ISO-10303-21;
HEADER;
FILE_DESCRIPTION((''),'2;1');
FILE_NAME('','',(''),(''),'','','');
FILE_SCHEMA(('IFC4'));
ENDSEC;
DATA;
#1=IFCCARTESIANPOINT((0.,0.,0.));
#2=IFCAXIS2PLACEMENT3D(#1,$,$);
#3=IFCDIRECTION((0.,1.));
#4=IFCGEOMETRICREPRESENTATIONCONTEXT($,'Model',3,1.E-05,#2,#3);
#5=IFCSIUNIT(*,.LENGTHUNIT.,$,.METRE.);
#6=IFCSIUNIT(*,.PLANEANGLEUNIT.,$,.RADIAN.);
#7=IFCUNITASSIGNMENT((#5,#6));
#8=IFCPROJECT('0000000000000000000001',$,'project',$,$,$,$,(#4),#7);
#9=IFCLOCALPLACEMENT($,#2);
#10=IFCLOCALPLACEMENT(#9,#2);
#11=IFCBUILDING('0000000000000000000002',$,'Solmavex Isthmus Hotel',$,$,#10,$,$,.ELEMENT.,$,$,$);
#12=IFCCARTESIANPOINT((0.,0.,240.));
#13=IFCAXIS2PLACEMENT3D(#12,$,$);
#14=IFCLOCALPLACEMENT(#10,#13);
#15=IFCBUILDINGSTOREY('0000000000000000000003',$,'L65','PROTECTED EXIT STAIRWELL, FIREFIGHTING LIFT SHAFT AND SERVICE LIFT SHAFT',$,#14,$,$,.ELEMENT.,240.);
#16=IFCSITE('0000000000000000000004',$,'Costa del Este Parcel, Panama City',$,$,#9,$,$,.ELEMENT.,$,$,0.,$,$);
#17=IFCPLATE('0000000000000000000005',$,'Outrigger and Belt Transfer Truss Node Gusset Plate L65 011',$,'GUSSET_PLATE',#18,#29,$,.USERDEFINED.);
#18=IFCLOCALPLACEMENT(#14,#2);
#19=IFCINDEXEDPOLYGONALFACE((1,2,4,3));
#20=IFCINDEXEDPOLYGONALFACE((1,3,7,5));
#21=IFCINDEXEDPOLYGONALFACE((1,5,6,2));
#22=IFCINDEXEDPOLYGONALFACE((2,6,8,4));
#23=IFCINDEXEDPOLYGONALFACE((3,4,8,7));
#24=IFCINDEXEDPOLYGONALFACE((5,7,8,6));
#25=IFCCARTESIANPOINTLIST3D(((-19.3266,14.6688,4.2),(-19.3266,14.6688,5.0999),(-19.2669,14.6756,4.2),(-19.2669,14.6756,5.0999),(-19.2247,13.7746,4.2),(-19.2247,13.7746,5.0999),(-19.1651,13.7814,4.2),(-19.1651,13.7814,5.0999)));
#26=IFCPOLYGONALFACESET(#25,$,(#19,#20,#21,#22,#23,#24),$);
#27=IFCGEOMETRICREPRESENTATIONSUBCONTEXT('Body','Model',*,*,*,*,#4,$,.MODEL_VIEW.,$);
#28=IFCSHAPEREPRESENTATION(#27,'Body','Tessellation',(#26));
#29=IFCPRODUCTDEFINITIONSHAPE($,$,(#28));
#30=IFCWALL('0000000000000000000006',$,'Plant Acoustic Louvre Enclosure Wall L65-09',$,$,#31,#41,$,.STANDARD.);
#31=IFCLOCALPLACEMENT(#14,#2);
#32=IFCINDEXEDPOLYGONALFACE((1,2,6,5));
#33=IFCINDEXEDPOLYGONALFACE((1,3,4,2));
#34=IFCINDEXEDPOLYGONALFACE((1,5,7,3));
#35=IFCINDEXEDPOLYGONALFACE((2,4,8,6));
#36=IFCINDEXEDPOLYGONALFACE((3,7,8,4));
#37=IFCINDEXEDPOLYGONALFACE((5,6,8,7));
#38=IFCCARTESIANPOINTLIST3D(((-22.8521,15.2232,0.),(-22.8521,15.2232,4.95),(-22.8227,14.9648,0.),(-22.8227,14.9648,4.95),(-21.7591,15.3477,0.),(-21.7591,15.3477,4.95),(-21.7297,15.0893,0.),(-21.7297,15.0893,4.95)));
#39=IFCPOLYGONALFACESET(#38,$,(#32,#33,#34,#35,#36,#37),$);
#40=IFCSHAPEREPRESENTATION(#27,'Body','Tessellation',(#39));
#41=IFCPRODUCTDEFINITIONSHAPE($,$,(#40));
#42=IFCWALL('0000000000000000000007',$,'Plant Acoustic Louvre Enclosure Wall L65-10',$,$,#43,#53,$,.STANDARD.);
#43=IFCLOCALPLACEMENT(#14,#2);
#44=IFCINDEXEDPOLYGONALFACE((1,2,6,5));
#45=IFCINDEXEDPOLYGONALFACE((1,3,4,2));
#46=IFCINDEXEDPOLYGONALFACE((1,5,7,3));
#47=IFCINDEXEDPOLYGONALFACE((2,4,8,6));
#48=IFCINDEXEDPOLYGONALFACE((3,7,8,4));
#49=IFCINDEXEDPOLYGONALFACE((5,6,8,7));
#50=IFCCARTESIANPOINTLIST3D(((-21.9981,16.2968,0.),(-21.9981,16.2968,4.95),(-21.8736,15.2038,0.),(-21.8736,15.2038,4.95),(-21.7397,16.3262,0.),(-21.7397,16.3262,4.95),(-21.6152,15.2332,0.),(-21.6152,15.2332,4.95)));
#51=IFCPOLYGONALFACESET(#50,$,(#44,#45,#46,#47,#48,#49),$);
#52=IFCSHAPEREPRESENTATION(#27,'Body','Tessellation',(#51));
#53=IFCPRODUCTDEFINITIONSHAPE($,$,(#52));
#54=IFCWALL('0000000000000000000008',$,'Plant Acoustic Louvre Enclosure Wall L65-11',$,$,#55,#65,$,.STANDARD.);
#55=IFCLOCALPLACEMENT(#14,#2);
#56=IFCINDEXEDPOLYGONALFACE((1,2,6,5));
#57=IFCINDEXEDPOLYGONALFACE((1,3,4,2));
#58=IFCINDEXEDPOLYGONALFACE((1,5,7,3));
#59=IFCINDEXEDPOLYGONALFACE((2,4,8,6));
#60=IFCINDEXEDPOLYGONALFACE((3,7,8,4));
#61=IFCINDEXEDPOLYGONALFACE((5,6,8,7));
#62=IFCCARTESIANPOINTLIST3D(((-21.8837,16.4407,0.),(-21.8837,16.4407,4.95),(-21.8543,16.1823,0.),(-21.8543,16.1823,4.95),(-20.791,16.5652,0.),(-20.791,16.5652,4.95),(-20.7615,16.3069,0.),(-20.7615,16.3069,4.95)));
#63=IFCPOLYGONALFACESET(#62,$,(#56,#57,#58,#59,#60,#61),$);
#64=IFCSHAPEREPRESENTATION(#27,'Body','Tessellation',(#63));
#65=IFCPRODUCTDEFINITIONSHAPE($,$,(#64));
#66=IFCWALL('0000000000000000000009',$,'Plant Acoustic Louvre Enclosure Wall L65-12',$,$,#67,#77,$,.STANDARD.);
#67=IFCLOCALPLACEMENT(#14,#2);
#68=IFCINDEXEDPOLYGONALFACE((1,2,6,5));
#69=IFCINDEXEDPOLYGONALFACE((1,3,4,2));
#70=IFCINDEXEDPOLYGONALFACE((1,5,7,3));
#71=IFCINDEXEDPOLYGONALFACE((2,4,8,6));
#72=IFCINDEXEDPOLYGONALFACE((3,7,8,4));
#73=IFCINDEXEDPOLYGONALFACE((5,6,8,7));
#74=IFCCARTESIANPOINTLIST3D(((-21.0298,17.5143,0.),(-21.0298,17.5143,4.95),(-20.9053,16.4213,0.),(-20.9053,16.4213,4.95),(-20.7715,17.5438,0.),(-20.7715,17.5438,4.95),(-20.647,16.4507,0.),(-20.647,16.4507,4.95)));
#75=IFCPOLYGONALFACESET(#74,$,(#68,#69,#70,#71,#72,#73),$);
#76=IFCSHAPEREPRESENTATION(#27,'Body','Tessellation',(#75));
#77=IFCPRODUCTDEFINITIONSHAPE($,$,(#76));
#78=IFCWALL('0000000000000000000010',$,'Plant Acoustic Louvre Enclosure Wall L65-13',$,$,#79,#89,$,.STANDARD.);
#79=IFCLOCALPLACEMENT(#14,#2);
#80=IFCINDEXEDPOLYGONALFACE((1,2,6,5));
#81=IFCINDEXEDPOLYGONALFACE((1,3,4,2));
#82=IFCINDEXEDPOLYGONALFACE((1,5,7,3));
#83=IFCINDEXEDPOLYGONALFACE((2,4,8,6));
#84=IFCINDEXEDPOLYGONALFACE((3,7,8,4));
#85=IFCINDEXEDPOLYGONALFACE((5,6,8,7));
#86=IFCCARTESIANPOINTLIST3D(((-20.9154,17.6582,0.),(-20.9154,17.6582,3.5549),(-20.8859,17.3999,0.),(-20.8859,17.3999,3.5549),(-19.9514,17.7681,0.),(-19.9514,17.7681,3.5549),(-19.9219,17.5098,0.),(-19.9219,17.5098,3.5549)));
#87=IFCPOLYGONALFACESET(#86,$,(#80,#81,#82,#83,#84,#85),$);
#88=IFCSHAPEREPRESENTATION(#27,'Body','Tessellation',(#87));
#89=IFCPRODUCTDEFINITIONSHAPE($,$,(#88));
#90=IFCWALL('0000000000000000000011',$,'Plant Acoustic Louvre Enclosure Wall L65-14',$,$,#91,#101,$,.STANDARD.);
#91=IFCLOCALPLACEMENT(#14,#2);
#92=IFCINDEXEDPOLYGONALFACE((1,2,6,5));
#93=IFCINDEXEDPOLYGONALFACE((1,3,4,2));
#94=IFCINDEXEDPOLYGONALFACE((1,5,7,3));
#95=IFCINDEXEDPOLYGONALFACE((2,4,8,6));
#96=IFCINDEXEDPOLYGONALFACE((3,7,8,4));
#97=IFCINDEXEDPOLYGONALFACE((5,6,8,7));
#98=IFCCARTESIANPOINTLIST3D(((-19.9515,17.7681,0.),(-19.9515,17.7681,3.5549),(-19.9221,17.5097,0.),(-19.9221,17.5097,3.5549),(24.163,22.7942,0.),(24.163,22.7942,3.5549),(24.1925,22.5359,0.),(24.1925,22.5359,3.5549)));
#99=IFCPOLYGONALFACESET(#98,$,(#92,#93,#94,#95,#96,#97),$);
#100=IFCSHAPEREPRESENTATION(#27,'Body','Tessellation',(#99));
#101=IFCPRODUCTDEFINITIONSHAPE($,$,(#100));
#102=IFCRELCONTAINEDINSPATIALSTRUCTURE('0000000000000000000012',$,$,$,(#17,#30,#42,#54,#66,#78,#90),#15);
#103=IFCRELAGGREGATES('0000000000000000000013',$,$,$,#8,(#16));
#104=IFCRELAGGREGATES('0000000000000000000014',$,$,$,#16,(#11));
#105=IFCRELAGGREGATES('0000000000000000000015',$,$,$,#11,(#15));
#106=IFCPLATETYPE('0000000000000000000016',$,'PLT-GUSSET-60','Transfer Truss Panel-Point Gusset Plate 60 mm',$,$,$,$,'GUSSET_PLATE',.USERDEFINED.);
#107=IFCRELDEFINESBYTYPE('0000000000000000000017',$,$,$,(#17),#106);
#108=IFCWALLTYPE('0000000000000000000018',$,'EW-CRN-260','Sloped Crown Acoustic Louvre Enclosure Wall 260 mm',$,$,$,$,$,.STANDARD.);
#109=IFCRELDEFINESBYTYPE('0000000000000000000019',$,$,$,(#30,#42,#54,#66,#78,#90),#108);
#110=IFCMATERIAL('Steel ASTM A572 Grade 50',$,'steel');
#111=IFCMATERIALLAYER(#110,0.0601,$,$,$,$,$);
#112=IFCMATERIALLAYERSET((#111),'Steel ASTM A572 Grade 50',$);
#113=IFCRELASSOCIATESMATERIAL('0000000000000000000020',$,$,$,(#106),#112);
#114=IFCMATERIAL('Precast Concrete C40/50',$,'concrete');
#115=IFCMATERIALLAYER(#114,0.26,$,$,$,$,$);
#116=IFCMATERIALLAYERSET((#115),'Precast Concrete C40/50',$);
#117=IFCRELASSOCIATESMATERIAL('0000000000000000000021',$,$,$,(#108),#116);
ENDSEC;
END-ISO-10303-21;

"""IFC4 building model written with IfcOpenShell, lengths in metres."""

from ifc_helpers import new_model, si_unit, direction, frame, frame_2d, origin, origin_2d, place, context, subcontext, project, spatial, rectangle, extrude, material, layer, layer_set, type_object, element, save


model = new_model("IFC4")

# Units and contexts
model_context = context("Model", 3, precision=1e-05, world=origin(), true_north=direction((0.0, 1.0)))
body_context = subcontext(model_context, "Body", "Model", "MODEL_VIEW")
ifc_project = project(units=[si_unit("LENGTHUNIT", "METRE"), si_unit("PLANEANGLEUNIT", "RADIAN")], contexts=[model_context])

# Site, building, storey
site_placement = place(None, origin())
site = spatial("IfcSite", under=ifc_project, at=site_placement, Name="Costa del Este Parcel, Panama City", CompositionType="ELEMENT", RefElevation=0.0)
building_placement = place(site_placement, origin())
building = spatial("IfcBuilding", under=site, at=building_placement, Name="Solmavex Isthmus Hotel", CompositionType="ELEMENT")
storey_placement = place(building_placement, frame((0.0, 0.0, 240.0)))
storey = spatial("IfcBuildingStorey", under=building, at=storey_placement, Name="L65", Description="PROTECTED EXIT STAIRWELL, FIREFIGHTING LIFT SHAFT AND SERVICE LIFT SHAFT", CompositionType="ELEMENT", Elevation=240.0)

# Plate
ifc_material_1 = material(Name="Steel ASTM A572 Grade 50", Category="steel")
ifc_layer_1 = layer(ifc_material_1, 0.0601)
ifc_layer_set_1 = layer_set([ifc_layer_1], Name="Steel ASTM A572 Grade 50")
plate_type = type_object("IfcPlateType", Name="PLT-GUSSET-60", Description="Transfer Truss Panel-Point Gusset Plate 60 mm", ElementType="GUSSET_PLATE", PredefinedType="USERDEFINED", material=ifc_layer_set_1)
for number, where, z_axis, x_axis, name in (
    (1, (-19.2458, 14.2251, 4.2), (0.0, 0.0, 1.0), (-0.113203, 0.993572, 0.0), "Outrigger and Belt Transfer Truss Node Gusset Plate L65 011"),
):
    element("IfcPlate", number, at=place(storey_placement, frame(where, z_axis=z_axis, x_axis=x_axis)), inside=storey, type_object=plate_type, Name=name, ObjectType="GUSSET_PLATE", PredefinedType="USERDEFINED", context=body_context, shape_type="SweptSolid", body=[
        extrude(rectangle(XDim=0.8999, YDim=0.0601, at=origin_2d()), origin(), (0.0, 0.0, 1.0), 0.8999),
    ])

# Walls
ifc_material_2 = material(Name="Precast Concrete C40/50", Category="concrete")
ifc_layer_2 = layer(ifc_material_2, 0.26)
ifc_layer_set_2 = layer_set([ifc_layer_2], Name="Precast Concrete C40/50")
wall_type = type_object("IfcWallType", Name="EW-CRN-260", Description="Sloped Crown Acoustic Louvre Enclosure Wall 260 mm", PredefinedType="STANDARD", material=ifc_layer_set_2)
for number, where, z_axis, x_axis, name in (
    (2, (-22.8374, 15.094, 0.0), (0.0, 0.0, 1.0), (0.993574, 0.113184, 0.0), "Plant Acoustic Louvre Enclosure Wall L65-09"),
    (3, (-21.7444, 15.2185, 0.0), (0.0, 0.0, 1.0), (-0.113184, 0.993574, 0.0), "Plant Acoustic Louvre Enclosure Wall L65-10"),
):
    element("IfcWall", number, at=place(storey_placement, frame(where, z_axis=z_axis, x_axis=x_axis)), inside=storey, type_object=wall_type, Name=name, PredefinedType="STANDARD", context=body_context, shape_type="SweptSolid", body=[
        extrude(rectangle(XDim=1.1001, YDim=0.26, at=frame_2d((0.55, 0.0))), origin(), (0.0, 0.0, 1.0), 4.95),
    ])
wall_1_placement = place(storey_placement, frame((-21.8689, 16.3115, 0.0), z_axis=(0.0, 0.0, 1.0), x_axis=(0.993571, 0.113209, 0.0)))
element("IfcWall", 4, at=wall_1_placement, inside=storey, type_object=wall_type, Name="Plant Acoustic Louvre Enclosure Wall L65-11", PredefinedType="STANDARD", context=body_context, shape_type="SweptSolid", body=[
    extrude(rectangle(XDim=1.0999, YDim=0.26, at=frame_2d((0.5498, 0.0))), origin(), (0.0, 0.0, 1.0), 4.95),
])
wall_2_placement = place(storey_placement, frame((-20.7761, 16.436, 0.0), z_axis=(0.0, 0.0, 1.0), x_axis=(-0.113184, 0.993574, 0.0)))
element("IfcWall", 5, at=wall_2_placement, inside=storey, type_object=wall_type, Name="Plant Acoustic Louvre Enclosure Wall L65-12", PredefinedType="STANDARD", context=body_context, shape_type="SweptSolid", body=[
    extrude(rectangle(XDim=1.1001, YDim=0.26, at=frame_2d((0.55, 0.0))), origin(), (0.0, 0.0, 1.0), 4.95),
])
wall_3_placement = place(storey_placement, frame((-20.9006, 17.5291, 0.0), z_axis=(0.0, 0.0, 1.0), x_axis=(0.993567, 0.113248, 0.0)))
element("IfcWall", 6, at=wall_3_placement, inside=storey, type_object=wall_type, Name="Plant Acoustic Louvre Enclosure Wall L65-13", PredefinedType="STANDARD", context=body_context, shape_type="SweptSolid", body=[
    extrude(rectangle(XDim=0.9702, YDim=0.26, at=frame_2d((0.4851, 0.0))), origin(), (0.0, 0.0, 1.0), 3.5549),
])
wall_4_placement = place(storey_placement, frame((-19.9368, 17.6389, 0.0), z_axis=(0.0, 0.0, 1.0), x_axis=(0.993572, 0.113201, 0.0)))
element("IfcWall", 7, at=wall_4_placement, inside=storey, type_object=wall_type, Name="Plant Acoustic Louvre Enclosure Wall L65-14", PredefinedType="STANDARD", context=body_context, shape_type="SweptSolid", body=[
    extrude(rectangle(XDim=44.3999, YDim=0.26, at=frame_2d((22.2, 0.0))), origin(), (0.0, 0.0, 1.0), 3.5549),
])

save(model, "model.ifc")
